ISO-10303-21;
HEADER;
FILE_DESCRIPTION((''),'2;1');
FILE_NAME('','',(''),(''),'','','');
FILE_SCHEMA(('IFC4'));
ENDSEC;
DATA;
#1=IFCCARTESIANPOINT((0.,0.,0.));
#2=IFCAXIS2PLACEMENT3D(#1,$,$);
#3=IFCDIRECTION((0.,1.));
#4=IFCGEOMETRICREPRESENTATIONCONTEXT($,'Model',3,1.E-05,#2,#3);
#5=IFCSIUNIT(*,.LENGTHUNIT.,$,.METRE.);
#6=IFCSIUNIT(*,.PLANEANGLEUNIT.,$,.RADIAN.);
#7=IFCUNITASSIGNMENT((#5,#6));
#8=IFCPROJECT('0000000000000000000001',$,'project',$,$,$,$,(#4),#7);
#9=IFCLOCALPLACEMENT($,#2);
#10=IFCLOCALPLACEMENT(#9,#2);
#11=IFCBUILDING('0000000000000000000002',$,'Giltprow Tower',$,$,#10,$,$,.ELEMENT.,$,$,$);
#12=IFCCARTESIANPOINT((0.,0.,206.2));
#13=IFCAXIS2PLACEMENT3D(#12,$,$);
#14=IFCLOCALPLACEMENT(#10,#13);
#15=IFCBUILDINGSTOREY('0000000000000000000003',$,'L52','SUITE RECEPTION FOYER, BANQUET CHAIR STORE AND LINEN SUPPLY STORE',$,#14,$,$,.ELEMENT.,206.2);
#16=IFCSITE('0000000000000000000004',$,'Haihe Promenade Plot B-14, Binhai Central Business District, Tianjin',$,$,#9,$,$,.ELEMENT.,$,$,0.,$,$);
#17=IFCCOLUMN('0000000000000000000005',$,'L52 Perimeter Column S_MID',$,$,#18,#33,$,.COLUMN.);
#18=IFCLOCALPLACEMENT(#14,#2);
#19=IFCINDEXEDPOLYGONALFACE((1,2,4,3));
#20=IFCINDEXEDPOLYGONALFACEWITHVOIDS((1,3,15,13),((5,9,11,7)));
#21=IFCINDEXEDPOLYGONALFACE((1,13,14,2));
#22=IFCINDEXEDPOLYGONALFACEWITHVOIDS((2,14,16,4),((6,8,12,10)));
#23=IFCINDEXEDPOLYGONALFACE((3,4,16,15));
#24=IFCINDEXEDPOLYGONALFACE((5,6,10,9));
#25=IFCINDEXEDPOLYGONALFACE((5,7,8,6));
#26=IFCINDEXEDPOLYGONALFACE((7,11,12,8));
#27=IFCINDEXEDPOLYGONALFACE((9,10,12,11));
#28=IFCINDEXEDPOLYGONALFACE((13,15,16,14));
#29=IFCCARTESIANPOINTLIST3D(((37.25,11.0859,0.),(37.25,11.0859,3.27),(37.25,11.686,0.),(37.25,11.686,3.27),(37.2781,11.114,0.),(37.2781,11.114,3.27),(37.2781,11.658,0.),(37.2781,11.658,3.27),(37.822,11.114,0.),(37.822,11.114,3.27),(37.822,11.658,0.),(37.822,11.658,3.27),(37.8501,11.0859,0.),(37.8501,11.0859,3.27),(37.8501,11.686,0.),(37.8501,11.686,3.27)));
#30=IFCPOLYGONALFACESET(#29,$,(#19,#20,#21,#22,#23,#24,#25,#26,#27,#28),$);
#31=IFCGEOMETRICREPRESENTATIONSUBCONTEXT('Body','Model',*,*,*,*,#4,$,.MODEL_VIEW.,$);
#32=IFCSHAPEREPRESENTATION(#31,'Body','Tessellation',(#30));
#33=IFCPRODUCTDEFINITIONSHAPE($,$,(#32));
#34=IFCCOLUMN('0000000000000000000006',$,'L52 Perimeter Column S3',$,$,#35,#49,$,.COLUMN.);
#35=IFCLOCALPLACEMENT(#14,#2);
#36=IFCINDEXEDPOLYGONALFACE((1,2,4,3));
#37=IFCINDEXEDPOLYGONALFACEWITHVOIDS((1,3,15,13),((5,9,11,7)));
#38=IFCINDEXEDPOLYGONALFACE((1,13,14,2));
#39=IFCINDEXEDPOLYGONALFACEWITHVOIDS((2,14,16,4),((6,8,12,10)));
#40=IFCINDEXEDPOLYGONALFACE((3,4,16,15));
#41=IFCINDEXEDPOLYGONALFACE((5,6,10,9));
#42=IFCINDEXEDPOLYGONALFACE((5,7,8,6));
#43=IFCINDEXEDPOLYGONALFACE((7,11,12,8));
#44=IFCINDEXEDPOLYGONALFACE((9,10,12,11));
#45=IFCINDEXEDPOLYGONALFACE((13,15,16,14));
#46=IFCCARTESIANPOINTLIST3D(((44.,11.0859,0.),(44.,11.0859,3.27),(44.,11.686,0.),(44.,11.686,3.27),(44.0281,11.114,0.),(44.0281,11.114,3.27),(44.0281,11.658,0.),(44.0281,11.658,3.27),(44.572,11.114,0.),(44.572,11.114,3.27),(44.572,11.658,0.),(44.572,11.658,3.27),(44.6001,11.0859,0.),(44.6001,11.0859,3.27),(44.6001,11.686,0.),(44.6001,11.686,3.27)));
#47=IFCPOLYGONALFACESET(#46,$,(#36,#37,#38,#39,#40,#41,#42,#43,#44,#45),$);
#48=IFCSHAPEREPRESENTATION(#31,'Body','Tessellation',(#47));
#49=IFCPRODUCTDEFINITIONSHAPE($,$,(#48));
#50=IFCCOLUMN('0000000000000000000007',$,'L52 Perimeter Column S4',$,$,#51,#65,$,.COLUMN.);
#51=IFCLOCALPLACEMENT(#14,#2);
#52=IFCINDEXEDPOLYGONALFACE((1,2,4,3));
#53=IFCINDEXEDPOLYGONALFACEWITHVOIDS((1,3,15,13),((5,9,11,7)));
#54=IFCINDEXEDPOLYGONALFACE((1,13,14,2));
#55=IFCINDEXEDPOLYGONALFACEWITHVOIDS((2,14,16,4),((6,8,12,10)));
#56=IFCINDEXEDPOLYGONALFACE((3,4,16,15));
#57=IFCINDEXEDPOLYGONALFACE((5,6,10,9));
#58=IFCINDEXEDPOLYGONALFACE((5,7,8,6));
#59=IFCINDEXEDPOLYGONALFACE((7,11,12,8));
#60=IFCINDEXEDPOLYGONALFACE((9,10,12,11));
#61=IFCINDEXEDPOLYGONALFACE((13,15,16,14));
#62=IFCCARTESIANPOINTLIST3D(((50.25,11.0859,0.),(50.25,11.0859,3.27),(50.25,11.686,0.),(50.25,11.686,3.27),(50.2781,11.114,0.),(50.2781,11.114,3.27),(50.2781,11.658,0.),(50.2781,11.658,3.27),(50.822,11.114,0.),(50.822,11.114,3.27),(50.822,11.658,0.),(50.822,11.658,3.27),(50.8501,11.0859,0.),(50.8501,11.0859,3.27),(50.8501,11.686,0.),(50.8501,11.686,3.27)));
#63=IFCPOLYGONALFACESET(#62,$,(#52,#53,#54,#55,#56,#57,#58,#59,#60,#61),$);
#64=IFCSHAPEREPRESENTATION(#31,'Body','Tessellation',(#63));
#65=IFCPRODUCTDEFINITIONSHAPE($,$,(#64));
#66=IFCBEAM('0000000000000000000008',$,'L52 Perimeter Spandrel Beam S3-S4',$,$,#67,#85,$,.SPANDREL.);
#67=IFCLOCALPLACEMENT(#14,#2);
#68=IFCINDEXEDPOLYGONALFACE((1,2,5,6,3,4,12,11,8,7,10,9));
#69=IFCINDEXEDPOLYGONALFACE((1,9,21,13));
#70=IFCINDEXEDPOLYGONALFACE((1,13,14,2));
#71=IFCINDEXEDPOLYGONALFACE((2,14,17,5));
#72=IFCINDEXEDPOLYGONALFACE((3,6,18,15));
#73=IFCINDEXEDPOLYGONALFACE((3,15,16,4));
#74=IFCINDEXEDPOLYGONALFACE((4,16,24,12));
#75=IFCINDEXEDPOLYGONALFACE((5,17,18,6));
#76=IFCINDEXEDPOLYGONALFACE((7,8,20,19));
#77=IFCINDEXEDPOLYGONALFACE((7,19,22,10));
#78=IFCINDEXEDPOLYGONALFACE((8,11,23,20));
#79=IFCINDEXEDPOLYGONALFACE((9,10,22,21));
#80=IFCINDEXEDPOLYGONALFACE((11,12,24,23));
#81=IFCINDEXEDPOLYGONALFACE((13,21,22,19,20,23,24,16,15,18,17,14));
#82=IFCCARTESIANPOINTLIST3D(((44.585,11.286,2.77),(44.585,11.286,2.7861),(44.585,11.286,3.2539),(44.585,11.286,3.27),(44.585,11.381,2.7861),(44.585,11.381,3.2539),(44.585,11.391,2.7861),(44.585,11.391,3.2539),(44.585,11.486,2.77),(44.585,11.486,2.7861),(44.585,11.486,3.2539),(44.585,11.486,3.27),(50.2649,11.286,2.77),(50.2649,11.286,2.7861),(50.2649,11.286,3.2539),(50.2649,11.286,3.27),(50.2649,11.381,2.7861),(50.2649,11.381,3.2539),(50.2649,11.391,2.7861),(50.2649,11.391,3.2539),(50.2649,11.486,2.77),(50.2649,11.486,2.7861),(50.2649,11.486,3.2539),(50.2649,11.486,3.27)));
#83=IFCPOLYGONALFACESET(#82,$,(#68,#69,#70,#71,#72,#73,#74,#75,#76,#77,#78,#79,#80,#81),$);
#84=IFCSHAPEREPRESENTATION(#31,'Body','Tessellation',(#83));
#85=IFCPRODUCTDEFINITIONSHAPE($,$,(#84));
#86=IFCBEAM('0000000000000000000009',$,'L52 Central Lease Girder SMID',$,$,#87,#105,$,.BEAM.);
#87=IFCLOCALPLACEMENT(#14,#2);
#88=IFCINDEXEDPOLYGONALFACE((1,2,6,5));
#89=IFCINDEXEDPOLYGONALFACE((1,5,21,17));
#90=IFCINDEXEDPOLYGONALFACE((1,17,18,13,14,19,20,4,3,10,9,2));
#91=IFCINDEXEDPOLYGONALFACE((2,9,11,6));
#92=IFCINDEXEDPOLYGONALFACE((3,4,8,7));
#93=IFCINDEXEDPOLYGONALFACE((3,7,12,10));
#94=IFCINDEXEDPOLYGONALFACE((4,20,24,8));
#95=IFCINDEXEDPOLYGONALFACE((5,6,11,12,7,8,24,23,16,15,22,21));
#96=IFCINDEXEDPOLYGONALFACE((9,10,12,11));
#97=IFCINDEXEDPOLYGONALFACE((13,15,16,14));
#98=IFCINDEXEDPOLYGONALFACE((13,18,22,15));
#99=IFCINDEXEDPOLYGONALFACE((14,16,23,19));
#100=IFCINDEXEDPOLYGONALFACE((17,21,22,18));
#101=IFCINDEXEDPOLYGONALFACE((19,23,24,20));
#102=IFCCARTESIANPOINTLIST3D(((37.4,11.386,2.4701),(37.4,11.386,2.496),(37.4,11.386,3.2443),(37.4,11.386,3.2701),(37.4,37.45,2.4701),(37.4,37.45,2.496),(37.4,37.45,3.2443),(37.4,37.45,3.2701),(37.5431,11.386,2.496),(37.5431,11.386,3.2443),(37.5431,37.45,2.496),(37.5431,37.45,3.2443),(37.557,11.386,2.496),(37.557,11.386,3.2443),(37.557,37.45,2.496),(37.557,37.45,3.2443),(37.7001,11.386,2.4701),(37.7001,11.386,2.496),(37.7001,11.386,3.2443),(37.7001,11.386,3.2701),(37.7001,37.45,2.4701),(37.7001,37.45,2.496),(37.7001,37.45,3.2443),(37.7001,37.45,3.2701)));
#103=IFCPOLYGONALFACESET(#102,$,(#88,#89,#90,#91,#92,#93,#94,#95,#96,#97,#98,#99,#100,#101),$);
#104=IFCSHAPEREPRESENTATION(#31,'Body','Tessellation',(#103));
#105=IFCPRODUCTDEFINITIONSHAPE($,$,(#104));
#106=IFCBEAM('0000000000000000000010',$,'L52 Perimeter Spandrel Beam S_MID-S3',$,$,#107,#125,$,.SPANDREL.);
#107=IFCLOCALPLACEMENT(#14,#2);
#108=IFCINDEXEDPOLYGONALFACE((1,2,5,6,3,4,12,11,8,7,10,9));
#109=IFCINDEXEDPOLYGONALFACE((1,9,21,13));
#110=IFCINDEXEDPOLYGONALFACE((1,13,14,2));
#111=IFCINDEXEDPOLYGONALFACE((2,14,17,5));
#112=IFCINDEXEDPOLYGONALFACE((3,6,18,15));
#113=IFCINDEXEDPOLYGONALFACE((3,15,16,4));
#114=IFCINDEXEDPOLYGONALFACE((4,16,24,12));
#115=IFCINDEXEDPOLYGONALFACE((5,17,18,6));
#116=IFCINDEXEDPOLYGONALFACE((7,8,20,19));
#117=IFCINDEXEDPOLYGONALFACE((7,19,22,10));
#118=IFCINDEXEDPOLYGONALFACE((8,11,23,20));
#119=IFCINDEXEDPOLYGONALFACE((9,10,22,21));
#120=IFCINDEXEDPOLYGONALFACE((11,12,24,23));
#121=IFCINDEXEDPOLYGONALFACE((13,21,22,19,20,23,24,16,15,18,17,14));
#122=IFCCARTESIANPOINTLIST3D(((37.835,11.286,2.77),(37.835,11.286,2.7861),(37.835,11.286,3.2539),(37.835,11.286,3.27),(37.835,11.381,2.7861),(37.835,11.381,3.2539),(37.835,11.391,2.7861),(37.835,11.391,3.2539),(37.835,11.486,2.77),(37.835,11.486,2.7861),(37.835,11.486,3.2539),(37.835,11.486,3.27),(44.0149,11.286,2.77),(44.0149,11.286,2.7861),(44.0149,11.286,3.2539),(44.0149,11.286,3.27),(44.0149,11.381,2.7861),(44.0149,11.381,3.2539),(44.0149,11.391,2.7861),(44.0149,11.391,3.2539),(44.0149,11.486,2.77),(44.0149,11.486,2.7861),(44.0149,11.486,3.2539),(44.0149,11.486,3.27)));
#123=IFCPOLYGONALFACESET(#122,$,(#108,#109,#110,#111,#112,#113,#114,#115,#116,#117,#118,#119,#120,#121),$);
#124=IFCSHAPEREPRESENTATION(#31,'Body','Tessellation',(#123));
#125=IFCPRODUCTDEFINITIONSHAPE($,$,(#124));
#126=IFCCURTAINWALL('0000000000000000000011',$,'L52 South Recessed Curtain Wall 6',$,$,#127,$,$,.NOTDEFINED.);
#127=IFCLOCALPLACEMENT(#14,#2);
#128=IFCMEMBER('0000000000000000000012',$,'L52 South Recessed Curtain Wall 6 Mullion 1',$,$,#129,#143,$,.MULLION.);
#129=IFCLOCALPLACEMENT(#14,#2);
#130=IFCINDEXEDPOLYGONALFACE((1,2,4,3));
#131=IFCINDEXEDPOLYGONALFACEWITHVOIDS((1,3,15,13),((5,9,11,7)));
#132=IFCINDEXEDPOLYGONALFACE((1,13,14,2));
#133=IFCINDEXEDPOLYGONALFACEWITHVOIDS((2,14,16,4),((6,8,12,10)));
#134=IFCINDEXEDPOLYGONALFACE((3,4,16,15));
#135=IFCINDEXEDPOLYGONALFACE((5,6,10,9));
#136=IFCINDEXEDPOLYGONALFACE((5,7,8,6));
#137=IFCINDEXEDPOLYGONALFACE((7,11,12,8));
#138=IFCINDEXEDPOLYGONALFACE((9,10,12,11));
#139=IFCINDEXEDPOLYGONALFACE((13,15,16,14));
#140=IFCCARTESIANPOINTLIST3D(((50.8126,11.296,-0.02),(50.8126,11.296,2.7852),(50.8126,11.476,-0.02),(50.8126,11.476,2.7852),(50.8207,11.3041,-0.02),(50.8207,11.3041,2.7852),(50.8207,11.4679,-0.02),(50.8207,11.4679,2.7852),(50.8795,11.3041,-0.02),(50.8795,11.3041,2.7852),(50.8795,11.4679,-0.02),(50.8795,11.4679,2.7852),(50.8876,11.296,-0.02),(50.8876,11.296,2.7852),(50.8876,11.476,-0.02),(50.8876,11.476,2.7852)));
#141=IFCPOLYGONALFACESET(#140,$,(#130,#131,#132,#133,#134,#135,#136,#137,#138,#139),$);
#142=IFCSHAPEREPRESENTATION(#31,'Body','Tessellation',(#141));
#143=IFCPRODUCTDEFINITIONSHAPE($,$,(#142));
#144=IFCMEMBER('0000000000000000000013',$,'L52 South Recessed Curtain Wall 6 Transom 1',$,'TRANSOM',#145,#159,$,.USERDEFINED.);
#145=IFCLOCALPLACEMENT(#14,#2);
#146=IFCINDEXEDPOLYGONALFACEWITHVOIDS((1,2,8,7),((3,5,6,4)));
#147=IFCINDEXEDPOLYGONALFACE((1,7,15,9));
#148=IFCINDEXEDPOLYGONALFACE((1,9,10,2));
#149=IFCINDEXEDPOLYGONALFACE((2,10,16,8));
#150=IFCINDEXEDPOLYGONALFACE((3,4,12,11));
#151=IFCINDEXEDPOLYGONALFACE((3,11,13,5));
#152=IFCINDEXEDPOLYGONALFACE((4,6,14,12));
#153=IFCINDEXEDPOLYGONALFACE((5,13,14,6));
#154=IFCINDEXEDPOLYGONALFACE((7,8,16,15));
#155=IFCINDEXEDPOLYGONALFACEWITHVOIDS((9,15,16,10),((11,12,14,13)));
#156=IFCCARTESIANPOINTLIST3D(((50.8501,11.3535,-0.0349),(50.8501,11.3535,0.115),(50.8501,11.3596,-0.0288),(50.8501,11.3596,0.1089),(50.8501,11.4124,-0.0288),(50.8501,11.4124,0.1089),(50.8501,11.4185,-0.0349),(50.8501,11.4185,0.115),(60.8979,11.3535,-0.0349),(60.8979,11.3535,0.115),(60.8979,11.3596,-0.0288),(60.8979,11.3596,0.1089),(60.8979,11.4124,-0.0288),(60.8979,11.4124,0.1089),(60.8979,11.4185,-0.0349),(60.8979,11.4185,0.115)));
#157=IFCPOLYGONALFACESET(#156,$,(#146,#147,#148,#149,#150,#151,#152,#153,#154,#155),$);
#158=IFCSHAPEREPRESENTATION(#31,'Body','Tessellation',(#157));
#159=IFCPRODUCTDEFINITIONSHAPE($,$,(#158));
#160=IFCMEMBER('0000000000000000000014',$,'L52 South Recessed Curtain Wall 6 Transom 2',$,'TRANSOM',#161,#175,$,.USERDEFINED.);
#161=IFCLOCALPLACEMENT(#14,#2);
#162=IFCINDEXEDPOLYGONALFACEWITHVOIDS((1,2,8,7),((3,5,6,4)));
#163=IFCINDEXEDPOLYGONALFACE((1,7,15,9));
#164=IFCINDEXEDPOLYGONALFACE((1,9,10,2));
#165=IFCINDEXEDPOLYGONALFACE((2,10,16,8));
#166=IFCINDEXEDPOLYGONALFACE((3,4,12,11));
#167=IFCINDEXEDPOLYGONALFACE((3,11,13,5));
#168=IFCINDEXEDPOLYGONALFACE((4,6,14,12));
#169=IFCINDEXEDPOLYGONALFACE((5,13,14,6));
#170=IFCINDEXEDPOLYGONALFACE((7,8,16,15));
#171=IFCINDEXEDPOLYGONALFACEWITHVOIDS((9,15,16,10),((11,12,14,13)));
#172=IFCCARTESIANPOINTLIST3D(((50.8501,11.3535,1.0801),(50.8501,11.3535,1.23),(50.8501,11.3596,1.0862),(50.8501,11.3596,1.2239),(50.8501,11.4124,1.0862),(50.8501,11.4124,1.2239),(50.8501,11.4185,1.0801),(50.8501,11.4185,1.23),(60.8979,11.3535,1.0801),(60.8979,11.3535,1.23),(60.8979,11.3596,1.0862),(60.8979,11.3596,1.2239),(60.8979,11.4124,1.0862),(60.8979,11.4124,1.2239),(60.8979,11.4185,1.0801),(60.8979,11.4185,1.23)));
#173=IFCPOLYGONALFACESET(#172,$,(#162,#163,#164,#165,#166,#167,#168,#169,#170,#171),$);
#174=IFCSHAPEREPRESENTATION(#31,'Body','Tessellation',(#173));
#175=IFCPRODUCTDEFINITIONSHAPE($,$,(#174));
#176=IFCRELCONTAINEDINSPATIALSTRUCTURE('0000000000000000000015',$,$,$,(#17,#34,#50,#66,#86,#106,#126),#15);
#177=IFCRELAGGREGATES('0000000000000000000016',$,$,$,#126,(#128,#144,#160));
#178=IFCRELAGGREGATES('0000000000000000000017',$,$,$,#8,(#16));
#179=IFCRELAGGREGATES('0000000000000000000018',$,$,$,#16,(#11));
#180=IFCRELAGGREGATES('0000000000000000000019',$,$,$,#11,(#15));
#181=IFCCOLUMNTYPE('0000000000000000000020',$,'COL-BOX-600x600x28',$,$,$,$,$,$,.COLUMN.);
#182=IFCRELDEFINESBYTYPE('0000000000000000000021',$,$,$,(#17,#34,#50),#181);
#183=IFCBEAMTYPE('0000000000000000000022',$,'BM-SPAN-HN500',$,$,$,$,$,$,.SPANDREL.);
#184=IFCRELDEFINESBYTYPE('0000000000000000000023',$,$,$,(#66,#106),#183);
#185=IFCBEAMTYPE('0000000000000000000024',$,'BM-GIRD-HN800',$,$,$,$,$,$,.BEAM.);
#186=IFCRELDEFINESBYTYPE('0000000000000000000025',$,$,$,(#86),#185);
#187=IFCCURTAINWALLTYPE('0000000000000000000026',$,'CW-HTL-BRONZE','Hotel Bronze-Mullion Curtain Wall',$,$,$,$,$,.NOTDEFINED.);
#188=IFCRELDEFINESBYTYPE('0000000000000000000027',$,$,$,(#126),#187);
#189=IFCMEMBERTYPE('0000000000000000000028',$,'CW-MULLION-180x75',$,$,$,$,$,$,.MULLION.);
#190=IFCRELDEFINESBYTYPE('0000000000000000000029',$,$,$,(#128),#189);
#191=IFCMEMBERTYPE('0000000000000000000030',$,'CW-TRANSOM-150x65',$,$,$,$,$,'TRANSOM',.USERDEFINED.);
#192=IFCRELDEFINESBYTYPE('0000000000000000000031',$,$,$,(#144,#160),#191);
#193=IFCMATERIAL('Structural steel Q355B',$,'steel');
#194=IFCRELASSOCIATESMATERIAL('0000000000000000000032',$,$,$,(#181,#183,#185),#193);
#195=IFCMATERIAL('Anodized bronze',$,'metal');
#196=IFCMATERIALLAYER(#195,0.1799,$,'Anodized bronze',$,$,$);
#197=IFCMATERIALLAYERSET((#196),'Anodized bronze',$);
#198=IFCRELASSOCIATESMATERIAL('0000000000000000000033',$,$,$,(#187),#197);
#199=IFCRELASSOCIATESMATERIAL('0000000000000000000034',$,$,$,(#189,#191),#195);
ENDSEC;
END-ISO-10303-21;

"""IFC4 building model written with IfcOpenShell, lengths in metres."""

from ifc_helpers import new_model, si_unit, direction, frame, origin, origin_2d, place, context, subcontext, project, spatial, hollow_rectangle, i_section, extrude, source, transform, mapped, material, layer, layer_set, material_profile, profile_set, type_object, element, aggregate, save


model = new_model("IFC4")

# Units and contexts
model_context = context("Model", 3, precision=1e-05, world=origin(), true_north=direction((0.0, 1.0)))
body_context = subcontext(model_context, "Body", "Model", "MODEL_VIEW")
ifc_project = project(units=[si_unit("LENGTHUNIT", "METRE"), si_unit("PLANEANGLEUNIT", "RADIAN")], contexts=[model_context])

# Site, building, storey
site_placement = place(None, origin())
site = spatial("IfcSite", under=ifc_project, at=site_placement, Name="Haihe Promenade Plot B-14, Binhai Central Business District, Tianjin", CompositionType="ELEMENT", RefElevation=0.0)
building_placement = place(site_placement, origin())
building = spatial("IfcBuilding", under=site, at=building_placement, Name="Giltprow Tower", CompositionType="ELEMENT")
storey_placement = place(building_placement, frame((0.0, 0.0, 206.2)))
storey = spatial("IfcBuildingStorey", under=building, at=storey_placement, Name="L52", Description="SUITE RECEPTION FOYER, BANQUET CHAIR STORE AND LINEN SUPPLY STORE", CompositionType="ELEMENT", Elevation=206.2)

# Columns
ifc_material_1 = material(Name="Structural steel Q355B", Category="steel")
ifc_material_profile_1 = material_profile(ifc_material_1, hollow_rectangle(XDim=0.6001, YDim=0.6001, WallThickness=0.0281, at=origin_2d()), Name="BOX 600x600x28")
ifc_profile_set_1 = profile_set([ifc_material_profile_1], Name="Structural steel Q355B")
column_type = type_object("IfcColumnType", Name="COL-BOX-600x600x28", PredefinedType="COLUMN", material=ifc_profile_set_1)
shared_shape_1 = source(origin(), body_context, "Body", "SweptSolid", [
    extrude(hollow_rectangle(XDim=0.6001, YDim=0.6001, WallThickness=0.0281, at=origin_2d()), origin(), (0.0, 0.0, 1.0), 3.27),
])
for number, where, z_axis, x_axis, name in (
    (1, (37.55, 11.386, 0.0), (0.0, 0.0, 1.0), (1.0, 0.0, 0.0), "L52 Perimeter Column S_MID"),
    (2, (44.3, 11.386, 0.0), (0.0, 0.0, 1.0), (1.0, 0.0, 0.0), "L52 Perimeter Column S3"),
    (3, (50.55, 11.386, 0.0), (0.0, 0.0, 1.0), (1.0, 0.0, 0.0), "L52 Perimeter Column S4"),
):
    element("IfcColumn", number, at=place(storey_placement, frame(where, z_axis=z_axis, x_axis=x_axis)), inside=storey, type_object=column_type, Name=name, PredefinedType="COLUMN", context=body_context, shape_type="MappedRepresentation", body=[
        mapped(shared_shape_1, transform((0.0, 0.0, 0.0), x_axis=(1.0, 0.0, 0.0), y_axis=(0.0, 1.0, 0.0), z_axis=(0.0, 0.0, 1.0), scale=1.0)),
    ])

# Beams
ifc_material_profile_2 = material_profile(ifc_material_1, i_section(OverallWidth=0.2, OverallDepth=0.5, WebThickness=0.01, FlangeThickness=0.0161, at=origin_2d()), Name="HN 500x200x10x16")
ifc_profile_set_2 = profile_set([ifc_material_profile_2], Name="Structural steel Q355B")
beam_type_1 = type_object("IfcBeamType", Name="BM-SPAN-HN500", PredefinedType="SPANDREL", material=ifc_profile_set_2)
shared_shape_2 = source(origin(), body_context, "Body", "SweptSolid", [
    extrude(i_section(OverallWidth=0.2, OverallDepth=0.5, WebThickness=0.01, FlangeThickness=0.0161, at=origin_2d()), origin(), (0.0, 0.0, 1.0), 5.6799),
])
beam_1_placement = place(storey_placement, frame((44.585, 11.386, 3.02), z_axis=(1.0, 0.0, 0.0), x_axis=(0.0, 1.0, 0.0)))
element("IfcBeam", 4, at=beam_1_placement, inside=storey, type_object=beam_type_1, Name="L52 Perimeter Spandrel Beam S3-S4", PredefinedType="SPANDREL", context=body_context, shape_type="MappedRepresentation", body=[
    mapped(shared_shape_2, transform((0.0, 0.0, 0.0), x_axis=(1.0, 0.0, 0.0), y_axis=(0.0, 1.0, 0.0), z_axis=(0.0, 0.0, 1.0), scale=1.0)),
])
ifc_material_profile_3 = material_profile(ifc_material_1, i_section(OverallWidth=0.3, OverallDepth=0.8, WebThickness=0.0139, FlangeThickness=0.0259, at=origin_2d()), Name="HN 800x300x14x26")
ifc_profile_set_3 = profile_set([ifc_material_profile_3], Name="Structural steel Q355B")
beam_type_2 = type_object("IfcBeamType", Name="BM-GIRD-HN800", PredefinedType="BEAM", material=ifc_profile_set_3)
shared_shape_3 = source(origin(), body_context, "Body", "SweptSolid", [
    extrude(i_section(OverallWidth=0.3, OverallDepth=0.8, WebThickness=0.0139, FlangeThickness=0.0259, at=origin_2d()), origin(), (0.0, 0.0, 1.0), 26.064),
])
beam_2_placement = place(storey_placement, frame((37.55, 11.386, 2.8701), z_axis=(0.0, 1.0, 0.0), x_axis=(-1.0, 0.0, 0.0)))
element("IfcBeam", 5, at=beam_2_placement, inside=storey, type_object=beam_type_2, Name="L52 Central Lease Girder SMID", PredefinedType="BEAM", context=body_context, shape_type="MappedRepresentation", body=[
    mapped(shared_shape_3, transform((0.0, 0.0, 0.0), x_axis=(1.0, 0.0, 0.0), y_axis=(0.0, 1.0, 0.0), z_axis=(0.0, 0.0, 1.0), scale=1.0)),
])
shared_shape_4 = source(origin(), body_context, "Body", "SweptSolid", [
    extrude(i_section(OverallWidth=0.2, OverallDepth=0.5, WebThickness=0.01, FlangeThickness=0.0161, at=origin_2d()), origin(), (0.0, 0.0, 1.0), 6.1799),
])
beam_3_placement = place(storey_placement, frame((37.835, 11.386, 3.02), z_axis=(1.0, 0.0, 0.0), x_axis=(0.0, 1.0, 0.0)))
element("IfcBeam", 6, at=beam_3_placement, inside=storey, type_object=beam_type_1, Name="L52 Perimeter Spandrel Beam S_MID-S3", PredefinedType="SPANDREL", context=body_context, shape_type="MappedRepresentation", body=[
    mapped(shared_shape_4, transform((0.0, 0.0, 0.0), x_axis=(1.0, 0.0, 0.0), y_axis=(0.0, 1.0, 0.0), z_axis=(0.0, 0.0, 1.0), scale=1.0)),
])

# Curtain wall, members
ifc_material_2 = material(Name="Anodized bronze", Category="metal")
ifc_layer_1 = layer(ifc_material_2, 0.1799, Name="Anodized bronze")
ifc_layer_set_1 = layer_set([ifc_layer_1], Name="Anodized bronze")
curtain_wall_type = type_object("IfcCurtainWallType", Name="CW-HTL-BRONZE", Description="Hotel Bronze-Mullion Curtain Wall", PredefinedType="NOTDEFINED", material=ifc_layer_set_1)
curtain_wall_placement = place(storey_placement, origin())
curtain_wall = element("IfcCurtainWall", 7, at=curtain_wall_placement, inside=storey, type_object=curtain_wall_type, Name="L52 South Recessed Curtain Wall 6", PredefinedType="NOTDEFINED")
ifc_material_profile_4 = material_profile(ifc_material_2, hollow_rectangle(XDim=0.075, YDim=0.1799, WallThickness=0.0081, at=origin_2d()), Name="RHS 180x75x8")
ifc_profile_set_4 = profile_set([ifc_material_profile_4], Name="Anodized bronze")
member_type_1 = type_object("IfcMemberType", Name="CW-MULLION-180x75", PredefinedType="MULLION", material=ifc_profile_set_4)
shared_shape_5 = source(origin(), body_context, "Body", "SweptSolid", [
    extrude(hollow_rectangle(XDim=0.075, YDim=0.1799, WallThickness=0.0081, at=origin_2d()), origin(), (0.0, 0.0, 1.0), 2.8052),
])
member_1_placement = place(storey_placement, frame((50.8501, 11.386, -0.02), z_axis=(0.0, 0.0, 1.0), x_axis=(1.0, 0.0, 0.0)))
member_1 = element("IfcMember", 8, at=member_1_placement, type_object=member_type_1, Name="L52 South Recessed Curtain Wall 6 Mullion 1", PredefinedType="MULLION", context=body_context, shape_type="MappedRepresentation", body=[
    mapped(shared_shape_5, transform((0.0, 0.0, 0.0), x_axis=(1.0, 0.0, 0.0), y_axis=(0.0, 1.0, 0.0), z_axis=(0.0, 0.0, 1.0), scale=1.0)),
])
ifc_material_profile_5 = material_profile(ifc_material_2, hollow_rectangle(XDim=0.0649, YDim=0.1499, WallThickness=0.0061, at=origin_2d()), Name="RHS 150x65x6")
ifc_profile_set_5 = profile_set([ifc_material_profile_5], Name="Anodized bronze")
member_type_2 = type_object("IfcMemberType", Name="CW-TRANSOM-150x65", ElementType="TRANSOM", PredefinedType="USERDEFINED", material=ifc_profile_set_5)
shared_shape_6 = source(origin(), body_context, "Body", "SweptSolid", [
    extrude(hollow_rectangle(XDim=0.0649, YDim=0.1499, WallThickness=0.0061, at=origin_2d()), origin(), (0.0, 0.0, 1.0), 10.0479),
])
member_2_placement = place(storey_placement, frame((50.8501, 11.386, 0.04), z_axis=(1.0, 0.0, 0.0), x_axis=(0.0, 1.0, 0.0)))
member_2 = element("IfcMember", 9, at=member_2_placement, type_object=member_type_2, Name="L52 South Recessed Curtain Wall 6 Transom 1", ObjectType="TRANSOM", PredefinedType="USERDEFINED", context=body_context, shape_type="MappedRepresentation", body=[
    mapped(shared_shape_6, transform((0.0, 0.0, 0.0), x_axis=(1.0, 0.0, 0.0), y_axis=(0.0, 1.0, 0.0), z_axis=(0.0, 0.0, 1.0), scale=1.0)),
])
member_3_placement = place(storey_placement, frame((50.8501, 11.386, 1.155), z_axis=(1.0, 0.0, 0.0), x_axis=(0.0, 1.0, 0.0)))
member_3 = element("IfcMember", 10, at=member_3_placement, type_object=member_type_2, Name="L52 South Recessed Curtain Wall 6 Transom 2", ObjectType="TRANSOM", PredefinedType="USERDEFINED", context=body_context, shape_type="MappedRepresentation", body=[
    mapped(shared_shape_6, transform((0.0, 0.0, 0.0), x_axis=(1.0, 0.0, 0.0), y_axis=(0.0, 1.0, 0.0), z_axis=(0.0, 0.0, 1.0), scale=1.0)),
])
aggregate(curtain_wall, [member_1, member_2, member_3])

save(model, "model.ifc")
